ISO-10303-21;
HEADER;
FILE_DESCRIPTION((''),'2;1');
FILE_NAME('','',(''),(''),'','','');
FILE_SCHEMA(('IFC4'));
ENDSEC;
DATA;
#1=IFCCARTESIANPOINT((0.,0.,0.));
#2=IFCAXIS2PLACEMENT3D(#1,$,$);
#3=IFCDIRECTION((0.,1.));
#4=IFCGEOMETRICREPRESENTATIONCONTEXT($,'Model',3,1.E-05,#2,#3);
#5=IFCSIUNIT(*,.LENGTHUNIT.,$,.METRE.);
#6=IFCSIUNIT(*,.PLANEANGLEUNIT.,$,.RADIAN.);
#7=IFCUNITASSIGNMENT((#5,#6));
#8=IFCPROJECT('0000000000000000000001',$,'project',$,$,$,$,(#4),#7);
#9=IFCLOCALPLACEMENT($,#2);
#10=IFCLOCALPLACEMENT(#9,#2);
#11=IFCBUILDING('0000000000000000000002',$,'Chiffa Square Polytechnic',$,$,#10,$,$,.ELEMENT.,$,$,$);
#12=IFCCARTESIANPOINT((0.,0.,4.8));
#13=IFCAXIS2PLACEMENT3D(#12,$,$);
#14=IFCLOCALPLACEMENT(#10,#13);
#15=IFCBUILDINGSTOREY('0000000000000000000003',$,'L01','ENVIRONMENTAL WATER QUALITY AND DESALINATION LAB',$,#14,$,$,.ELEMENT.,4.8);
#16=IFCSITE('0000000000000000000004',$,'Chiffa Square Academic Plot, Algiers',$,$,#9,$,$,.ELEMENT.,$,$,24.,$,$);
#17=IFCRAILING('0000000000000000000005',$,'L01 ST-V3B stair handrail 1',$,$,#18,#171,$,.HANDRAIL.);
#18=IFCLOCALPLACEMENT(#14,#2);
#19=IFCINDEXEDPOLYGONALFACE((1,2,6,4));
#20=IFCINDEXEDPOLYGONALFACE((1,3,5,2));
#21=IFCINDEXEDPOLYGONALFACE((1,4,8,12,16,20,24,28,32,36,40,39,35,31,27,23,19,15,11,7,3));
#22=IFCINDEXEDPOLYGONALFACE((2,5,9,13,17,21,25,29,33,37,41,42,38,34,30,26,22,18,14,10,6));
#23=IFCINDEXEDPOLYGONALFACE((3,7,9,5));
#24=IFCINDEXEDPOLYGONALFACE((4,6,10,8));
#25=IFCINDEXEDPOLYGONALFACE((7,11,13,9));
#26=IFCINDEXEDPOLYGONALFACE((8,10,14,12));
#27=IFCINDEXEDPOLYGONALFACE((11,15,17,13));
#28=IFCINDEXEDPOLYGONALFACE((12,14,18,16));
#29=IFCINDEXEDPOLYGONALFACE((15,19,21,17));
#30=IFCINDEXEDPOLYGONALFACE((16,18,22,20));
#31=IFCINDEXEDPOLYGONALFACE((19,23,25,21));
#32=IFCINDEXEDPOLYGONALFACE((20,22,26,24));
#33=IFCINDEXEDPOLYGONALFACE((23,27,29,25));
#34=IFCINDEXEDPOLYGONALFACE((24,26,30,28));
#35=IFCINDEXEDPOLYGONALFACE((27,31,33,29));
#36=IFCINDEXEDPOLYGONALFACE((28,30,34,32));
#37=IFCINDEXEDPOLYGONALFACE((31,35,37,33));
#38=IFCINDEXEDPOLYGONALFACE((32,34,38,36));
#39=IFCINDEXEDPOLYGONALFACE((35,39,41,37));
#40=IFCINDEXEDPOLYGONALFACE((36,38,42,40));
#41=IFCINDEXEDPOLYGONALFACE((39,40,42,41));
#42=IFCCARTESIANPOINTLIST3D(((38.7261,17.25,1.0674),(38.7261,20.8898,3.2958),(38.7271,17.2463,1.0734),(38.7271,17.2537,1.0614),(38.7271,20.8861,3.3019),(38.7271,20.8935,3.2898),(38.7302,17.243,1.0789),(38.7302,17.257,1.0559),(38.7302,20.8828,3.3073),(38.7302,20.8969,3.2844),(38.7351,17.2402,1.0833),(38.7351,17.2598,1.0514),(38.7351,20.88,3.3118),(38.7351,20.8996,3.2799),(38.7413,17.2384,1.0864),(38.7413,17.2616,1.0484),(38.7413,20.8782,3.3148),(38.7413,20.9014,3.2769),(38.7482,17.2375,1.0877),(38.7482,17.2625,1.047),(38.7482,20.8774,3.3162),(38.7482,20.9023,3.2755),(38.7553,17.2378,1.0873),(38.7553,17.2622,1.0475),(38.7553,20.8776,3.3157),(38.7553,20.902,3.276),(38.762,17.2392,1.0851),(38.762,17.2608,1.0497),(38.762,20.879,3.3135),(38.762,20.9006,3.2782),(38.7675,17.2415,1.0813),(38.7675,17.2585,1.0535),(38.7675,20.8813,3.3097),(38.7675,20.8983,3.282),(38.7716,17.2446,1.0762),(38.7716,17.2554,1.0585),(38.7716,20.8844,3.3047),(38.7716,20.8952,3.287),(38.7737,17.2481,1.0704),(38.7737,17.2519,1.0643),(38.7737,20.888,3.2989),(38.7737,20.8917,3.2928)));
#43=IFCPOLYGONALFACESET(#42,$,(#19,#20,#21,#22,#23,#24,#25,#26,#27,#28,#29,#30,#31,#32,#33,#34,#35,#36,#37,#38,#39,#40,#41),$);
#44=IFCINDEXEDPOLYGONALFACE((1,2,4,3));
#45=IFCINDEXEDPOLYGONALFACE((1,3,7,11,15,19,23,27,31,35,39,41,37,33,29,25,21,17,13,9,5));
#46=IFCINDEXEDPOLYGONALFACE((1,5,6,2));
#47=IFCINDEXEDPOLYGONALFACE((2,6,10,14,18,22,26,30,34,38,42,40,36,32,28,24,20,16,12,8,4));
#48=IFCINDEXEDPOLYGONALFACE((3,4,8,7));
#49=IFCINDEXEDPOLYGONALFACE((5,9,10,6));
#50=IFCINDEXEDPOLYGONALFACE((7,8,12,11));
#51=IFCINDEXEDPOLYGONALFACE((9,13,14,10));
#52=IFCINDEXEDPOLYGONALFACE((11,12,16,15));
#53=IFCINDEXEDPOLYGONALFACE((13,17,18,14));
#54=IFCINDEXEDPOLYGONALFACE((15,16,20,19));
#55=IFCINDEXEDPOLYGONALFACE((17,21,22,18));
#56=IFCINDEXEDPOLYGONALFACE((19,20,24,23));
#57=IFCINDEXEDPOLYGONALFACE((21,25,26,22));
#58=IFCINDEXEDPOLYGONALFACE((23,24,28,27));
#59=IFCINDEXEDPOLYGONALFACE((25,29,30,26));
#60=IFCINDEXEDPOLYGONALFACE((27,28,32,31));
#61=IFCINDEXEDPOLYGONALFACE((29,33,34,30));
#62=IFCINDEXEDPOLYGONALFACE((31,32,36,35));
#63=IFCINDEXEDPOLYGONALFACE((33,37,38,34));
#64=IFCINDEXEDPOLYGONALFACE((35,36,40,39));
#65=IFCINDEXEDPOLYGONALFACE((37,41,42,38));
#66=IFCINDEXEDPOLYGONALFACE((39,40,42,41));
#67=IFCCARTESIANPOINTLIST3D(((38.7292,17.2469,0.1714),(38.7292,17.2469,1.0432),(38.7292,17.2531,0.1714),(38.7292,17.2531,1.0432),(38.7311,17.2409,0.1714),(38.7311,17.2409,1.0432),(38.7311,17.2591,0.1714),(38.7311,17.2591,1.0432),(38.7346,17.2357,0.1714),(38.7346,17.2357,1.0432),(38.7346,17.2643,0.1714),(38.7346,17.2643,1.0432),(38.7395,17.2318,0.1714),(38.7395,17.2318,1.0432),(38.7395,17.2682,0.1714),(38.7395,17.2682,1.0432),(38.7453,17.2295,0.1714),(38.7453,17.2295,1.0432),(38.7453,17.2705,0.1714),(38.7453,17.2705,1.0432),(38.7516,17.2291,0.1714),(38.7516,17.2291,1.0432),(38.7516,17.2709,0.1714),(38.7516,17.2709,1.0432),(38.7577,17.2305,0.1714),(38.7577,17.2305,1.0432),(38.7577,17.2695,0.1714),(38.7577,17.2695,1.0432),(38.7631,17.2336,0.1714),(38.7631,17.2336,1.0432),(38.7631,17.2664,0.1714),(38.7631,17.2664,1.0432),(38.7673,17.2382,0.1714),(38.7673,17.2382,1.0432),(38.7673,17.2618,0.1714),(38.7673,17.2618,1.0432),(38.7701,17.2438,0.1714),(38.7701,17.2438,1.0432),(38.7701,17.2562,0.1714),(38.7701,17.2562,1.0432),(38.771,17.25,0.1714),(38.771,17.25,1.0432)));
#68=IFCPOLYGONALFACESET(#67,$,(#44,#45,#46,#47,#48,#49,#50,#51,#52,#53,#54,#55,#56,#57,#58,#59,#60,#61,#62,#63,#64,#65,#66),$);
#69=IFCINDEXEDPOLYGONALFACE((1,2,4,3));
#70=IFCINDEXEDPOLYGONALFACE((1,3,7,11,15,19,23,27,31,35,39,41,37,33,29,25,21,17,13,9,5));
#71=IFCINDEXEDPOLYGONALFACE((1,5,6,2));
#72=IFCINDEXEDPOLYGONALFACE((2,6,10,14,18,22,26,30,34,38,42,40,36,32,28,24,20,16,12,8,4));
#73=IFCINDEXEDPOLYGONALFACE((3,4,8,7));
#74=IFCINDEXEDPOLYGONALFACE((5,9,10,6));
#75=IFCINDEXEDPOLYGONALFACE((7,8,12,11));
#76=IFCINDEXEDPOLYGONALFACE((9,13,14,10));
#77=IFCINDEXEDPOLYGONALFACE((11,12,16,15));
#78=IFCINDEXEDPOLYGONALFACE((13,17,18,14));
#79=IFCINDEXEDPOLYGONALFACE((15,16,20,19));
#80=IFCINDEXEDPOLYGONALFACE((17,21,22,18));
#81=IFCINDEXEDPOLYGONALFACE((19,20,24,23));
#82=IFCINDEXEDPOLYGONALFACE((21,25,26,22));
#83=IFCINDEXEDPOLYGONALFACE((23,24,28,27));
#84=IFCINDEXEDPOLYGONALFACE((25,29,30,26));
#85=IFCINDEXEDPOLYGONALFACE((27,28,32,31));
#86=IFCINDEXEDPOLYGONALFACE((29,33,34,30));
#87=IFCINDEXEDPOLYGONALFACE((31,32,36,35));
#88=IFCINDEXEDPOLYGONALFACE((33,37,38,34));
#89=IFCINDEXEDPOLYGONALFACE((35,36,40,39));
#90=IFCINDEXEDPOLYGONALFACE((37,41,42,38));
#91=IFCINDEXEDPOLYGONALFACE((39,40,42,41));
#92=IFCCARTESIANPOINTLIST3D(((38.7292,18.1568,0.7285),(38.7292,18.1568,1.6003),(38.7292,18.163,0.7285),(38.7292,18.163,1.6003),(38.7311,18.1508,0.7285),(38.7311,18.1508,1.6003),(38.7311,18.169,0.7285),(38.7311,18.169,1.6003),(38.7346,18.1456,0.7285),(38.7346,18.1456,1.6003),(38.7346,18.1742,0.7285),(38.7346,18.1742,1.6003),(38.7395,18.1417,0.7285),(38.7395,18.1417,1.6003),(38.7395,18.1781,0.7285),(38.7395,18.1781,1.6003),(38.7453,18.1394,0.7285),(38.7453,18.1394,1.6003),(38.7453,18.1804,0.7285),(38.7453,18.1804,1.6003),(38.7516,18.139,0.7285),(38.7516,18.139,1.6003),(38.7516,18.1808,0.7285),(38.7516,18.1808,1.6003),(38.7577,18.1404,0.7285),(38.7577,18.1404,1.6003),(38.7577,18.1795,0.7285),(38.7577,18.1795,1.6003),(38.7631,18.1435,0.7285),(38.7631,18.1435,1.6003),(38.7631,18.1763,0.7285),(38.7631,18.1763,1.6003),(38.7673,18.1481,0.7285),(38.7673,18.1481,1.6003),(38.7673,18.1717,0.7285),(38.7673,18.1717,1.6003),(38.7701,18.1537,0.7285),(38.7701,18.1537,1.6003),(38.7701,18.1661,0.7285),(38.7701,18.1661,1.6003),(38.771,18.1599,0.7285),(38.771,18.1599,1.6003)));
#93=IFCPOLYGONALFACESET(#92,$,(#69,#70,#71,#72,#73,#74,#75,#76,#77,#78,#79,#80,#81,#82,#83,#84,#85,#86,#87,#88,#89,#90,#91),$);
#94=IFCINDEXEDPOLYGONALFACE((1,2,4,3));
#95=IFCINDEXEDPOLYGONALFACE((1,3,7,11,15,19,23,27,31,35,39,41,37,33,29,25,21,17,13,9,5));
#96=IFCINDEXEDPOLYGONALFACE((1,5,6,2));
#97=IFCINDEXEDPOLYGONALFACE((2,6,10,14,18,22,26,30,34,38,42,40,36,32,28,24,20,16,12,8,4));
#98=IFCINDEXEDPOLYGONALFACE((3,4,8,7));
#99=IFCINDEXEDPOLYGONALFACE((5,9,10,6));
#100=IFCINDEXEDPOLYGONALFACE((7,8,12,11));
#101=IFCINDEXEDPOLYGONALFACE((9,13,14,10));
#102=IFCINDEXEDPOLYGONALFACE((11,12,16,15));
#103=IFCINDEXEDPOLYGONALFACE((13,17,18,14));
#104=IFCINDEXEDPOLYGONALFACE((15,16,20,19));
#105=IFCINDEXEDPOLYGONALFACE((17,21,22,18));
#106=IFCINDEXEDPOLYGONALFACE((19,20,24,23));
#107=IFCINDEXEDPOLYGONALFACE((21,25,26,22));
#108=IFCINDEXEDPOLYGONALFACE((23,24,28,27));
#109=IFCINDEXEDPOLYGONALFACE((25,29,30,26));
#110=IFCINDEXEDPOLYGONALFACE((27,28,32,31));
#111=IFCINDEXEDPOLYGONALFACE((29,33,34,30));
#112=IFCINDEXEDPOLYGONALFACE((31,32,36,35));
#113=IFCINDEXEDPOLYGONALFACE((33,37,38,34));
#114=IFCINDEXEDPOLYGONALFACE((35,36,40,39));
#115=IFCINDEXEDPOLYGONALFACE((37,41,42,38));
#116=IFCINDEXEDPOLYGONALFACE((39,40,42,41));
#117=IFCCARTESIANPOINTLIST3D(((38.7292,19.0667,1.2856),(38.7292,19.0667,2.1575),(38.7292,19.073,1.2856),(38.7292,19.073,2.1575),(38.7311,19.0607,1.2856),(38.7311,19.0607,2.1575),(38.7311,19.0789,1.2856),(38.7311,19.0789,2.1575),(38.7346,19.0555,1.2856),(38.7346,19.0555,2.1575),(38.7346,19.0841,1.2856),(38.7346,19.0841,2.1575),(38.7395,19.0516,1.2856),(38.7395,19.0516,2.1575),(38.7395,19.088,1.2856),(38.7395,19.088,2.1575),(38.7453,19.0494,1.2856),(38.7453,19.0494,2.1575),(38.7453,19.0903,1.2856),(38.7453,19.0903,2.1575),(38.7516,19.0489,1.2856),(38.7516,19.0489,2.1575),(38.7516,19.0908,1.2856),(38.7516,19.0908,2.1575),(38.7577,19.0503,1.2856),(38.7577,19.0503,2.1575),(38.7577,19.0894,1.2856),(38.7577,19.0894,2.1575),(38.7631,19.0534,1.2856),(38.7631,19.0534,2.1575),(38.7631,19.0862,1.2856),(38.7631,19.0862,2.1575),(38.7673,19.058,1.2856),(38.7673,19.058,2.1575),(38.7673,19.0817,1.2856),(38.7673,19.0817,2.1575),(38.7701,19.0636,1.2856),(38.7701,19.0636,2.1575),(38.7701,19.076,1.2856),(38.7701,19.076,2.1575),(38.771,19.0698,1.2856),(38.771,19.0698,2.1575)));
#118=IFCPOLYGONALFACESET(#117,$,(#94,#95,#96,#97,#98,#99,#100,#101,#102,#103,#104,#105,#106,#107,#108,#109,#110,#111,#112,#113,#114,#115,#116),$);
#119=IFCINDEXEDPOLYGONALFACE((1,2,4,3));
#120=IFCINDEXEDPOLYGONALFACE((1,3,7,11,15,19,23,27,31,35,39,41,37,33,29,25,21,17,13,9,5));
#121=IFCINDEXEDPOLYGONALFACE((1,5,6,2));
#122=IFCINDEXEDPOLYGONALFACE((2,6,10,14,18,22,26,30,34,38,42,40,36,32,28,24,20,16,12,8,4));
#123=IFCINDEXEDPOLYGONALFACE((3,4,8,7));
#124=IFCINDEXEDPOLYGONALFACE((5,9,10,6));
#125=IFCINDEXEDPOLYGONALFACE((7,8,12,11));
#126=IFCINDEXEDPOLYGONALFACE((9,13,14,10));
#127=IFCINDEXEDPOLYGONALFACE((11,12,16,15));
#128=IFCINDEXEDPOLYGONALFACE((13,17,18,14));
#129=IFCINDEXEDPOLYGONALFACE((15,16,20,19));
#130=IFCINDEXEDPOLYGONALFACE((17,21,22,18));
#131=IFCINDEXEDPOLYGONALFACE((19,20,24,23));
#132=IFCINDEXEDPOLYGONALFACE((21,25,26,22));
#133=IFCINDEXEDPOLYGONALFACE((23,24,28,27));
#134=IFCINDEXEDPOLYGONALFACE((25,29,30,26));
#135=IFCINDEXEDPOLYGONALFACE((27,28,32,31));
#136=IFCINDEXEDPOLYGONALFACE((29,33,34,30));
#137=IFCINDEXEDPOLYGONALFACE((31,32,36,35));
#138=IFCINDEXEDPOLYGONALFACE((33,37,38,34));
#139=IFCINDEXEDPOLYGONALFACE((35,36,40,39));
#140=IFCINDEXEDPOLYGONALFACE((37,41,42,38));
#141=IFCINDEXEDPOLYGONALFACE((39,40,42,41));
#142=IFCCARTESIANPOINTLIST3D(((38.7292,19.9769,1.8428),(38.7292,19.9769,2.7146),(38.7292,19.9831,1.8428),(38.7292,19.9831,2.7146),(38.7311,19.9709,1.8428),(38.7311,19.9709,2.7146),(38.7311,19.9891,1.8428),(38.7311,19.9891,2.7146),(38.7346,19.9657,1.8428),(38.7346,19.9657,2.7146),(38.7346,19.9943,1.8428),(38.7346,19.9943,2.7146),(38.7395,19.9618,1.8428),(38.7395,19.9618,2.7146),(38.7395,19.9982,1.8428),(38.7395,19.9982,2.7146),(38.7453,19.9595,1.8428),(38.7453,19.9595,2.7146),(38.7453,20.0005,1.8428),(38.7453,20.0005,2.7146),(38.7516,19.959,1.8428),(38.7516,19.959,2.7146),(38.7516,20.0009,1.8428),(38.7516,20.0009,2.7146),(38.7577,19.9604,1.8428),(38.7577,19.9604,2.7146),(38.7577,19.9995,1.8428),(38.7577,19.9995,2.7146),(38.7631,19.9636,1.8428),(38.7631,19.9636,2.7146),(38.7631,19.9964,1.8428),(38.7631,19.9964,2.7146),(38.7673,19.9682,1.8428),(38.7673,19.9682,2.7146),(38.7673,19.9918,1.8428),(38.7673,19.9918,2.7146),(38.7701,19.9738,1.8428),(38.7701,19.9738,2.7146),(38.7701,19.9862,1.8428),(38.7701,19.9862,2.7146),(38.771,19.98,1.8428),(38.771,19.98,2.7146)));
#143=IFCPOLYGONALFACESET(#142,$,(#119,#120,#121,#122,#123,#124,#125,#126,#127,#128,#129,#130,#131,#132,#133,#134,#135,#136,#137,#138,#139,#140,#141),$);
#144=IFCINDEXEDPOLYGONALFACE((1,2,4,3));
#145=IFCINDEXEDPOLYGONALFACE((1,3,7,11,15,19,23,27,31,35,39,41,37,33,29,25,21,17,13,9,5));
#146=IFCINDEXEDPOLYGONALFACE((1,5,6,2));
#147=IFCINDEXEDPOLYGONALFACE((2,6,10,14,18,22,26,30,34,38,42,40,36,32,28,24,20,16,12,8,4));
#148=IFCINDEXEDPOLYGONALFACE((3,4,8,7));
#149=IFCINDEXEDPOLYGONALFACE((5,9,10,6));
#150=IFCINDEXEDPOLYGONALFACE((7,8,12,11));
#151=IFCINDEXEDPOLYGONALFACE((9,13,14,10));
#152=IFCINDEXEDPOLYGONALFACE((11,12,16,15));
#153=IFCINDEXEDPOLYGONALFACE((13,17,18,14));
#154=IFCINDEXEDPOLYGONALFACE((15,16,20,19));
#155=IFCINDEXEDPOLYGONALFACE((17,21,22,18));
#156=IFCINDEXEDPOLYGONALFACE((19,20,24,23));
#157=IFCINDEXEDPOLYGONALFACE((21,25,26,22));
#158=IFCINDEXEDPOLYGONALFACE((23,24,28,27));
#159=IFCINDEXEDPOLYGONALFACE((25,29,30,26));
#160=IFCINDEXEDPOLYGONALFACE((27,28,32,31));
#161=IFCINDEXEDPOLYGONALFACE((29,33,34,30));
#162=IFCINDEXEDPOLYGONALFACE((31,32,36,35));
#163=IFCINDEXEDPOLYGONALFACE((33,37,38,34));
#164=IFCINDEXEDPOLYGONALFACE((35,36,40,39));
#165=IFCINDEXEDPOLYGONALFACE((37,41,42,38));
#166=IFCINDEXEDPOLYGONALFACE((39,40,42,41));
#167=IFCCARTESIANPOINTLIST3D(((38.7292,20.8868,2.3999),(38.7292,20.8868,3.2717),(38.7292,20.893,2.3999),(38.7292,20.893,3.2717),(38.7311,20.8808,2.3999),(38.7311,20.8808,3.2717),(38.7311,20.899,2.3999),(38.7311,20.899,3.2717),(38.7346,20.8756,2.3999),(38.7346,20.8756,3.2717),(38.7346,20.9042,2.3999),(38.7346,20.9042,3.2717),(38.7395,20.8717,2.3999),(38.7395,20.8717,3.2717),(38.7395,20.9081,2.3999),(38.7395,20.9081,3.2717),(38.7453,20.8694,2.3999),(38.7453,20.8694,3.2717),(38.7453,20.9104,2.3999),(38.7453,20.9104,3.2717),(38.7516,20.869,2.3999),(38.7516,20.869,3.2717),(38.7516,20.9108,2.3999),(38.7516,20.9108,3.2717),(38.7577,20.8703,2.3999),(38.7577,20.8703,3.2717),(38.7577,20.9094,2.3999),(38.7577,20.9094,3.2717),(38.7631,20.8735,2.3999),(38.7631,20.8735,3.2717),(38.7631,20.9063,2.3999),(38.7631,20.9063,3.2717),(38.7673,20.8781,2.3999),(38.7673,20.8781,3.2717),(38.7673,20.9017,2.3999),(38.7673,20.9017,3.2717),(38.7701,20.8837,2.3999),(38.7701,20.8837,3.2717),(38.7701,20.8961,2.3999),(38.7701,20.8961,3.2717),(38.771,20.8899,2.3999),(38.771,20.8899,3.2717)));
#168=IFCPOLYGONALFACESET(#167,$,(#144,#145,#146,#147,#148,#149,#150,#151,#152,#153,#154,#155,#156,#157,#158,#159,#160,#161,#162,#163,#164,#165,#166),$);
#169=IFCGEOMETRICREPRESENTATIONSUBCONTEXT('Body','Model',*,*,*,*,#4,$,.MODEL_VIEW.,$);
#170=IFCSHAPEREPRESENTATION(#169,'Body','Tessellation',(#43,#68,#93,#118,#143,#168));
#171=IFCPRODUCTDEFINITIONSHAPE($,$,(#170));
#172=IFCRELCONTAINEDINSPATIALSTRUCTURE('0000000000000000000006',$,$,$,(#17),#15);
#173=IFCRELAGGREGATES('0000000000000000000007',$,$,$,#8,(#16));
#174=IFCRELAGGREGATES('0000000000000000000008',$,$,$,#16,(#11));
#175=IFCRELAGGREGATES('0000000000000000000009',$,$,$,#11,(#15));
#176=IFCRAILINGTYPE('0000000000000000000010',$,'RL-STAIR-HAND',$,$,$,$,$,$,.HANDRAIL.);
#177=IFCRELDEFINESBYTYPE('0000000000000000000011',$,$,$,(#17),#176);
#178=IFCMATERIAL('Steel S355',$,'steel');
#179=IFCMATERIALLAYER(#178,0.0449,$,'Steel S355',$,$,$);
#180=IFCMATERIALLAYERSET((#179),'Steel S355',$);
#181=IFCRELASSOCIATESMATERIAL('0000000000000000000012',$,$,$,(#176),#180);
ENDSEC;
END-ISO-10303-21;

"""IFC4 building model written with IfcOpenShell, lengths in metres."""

from ifc_helpers import new_model, si_unit, direction, frame, origin, origin_2d, place, context, subcontext, project, spatial, circle, extrude, material, layer, layer_set, type_object, element, save


model = new_model("IFC4")

# Units and contexts
model_context = context("Model", 3, precision=1e-05, world=origin(), true_north=direction((0.0, 1.0)))
body_context = subcontext(model_context, "Body", "Model", "MODEL_VIEW")
ifc_project = project(units=[si_unit("LENGTHUNIT", "METRE"), si_unit("PLANEANGLEUNIT", "RADIAN")], contexts=[model_context])

# Site, building, storey
site_placement = place(None, origin())
site = spatial("IfcSite", under=ifc_project, at=site_placement, Name="Chiffa Square Academic Plot, Algiers", CompositionType="ELEMENT", RefElevation=24.0)
building_placement = place(site_placement, origin())
building = spatial("IfcBuilding", under=site, at=building_placement, Name="Chiffa Square Polytechnic", CompositionType="ELEMENT")
storey_placement = place(building_placement, frame((0.0, 0.0, 4.8)))
storey = spatial("IfcBuildingStorey", under=building, at=storey_placement, Name="L01", Description="ENVIRONMENTAL WATER QUALITY AND DESALINATION LAB", CompositionType="ELEMENT", Elevation=4.8)

# Railing
ifc_material_1 = material(Name="Steel S355", Category="steel")
ifc_layer_1 = layer(ifc_material_1, 0.0449, Name="Steel S355")
ifc_layer_set_1 = layer_set([ifc_layer_1], Name="Steel S355")
railing_type = type_object("IfcRailingType", Name="RL-STAIR-HAND", PredefinedType="HANDRAIL", material=ifc_layer_set_1)
for number, where, name in (
    (1, (38.75, 17.25, 0.1714), "L01 ST-V3B stair handrail 1"),
):
    element("IfcRailing", number, at=place(storey_placement, frame(where)), inside=storey, type_object=railing_type, Name=name, PredefinedType="HANDRAIL", context=body_context, shape_type="SweptSolid", body=[
        extrude(circle(Radius=0.0239, at=origin_2d()), frame((0.0, 0.0, 0.896), z_axis=(0.0, 0.85285, 0.522156), x_axis=(-1.0, 0.0, 0.0)), (0.0, 0.0, 1.0), 4.2678),
        extrude(circle(Radius=0.021, at=origin_2d()), origin(), (0.0, 0.0, 1.0), 0.8718),
        extrude(circle(Radius=0.021, at=origin_2d()), frame((0.0, 0.9099, 0.5571)), (0.0, 0.0, 1.0), 0.8718),
        extrude(circle(Radius=0.021, at=origin_2d()), frame((0.0, 1.8198, 1.1143)), (0.0, 0.0, 1.0), 0.8718),
        extrude(circle(Radius=0.021, at=origin_2d()), frame((0.0, 2.73, 1.6714)), (0.0, 0.0, 1.0), 0.8718),
        extrude(circle(Radius=0.021, at=origin_2d()), frame((0.0, 3.6399, 2.2285)), (0.0, 0.0, 1.0), 0.8718),
    ])

save(model, "model.ifc")
